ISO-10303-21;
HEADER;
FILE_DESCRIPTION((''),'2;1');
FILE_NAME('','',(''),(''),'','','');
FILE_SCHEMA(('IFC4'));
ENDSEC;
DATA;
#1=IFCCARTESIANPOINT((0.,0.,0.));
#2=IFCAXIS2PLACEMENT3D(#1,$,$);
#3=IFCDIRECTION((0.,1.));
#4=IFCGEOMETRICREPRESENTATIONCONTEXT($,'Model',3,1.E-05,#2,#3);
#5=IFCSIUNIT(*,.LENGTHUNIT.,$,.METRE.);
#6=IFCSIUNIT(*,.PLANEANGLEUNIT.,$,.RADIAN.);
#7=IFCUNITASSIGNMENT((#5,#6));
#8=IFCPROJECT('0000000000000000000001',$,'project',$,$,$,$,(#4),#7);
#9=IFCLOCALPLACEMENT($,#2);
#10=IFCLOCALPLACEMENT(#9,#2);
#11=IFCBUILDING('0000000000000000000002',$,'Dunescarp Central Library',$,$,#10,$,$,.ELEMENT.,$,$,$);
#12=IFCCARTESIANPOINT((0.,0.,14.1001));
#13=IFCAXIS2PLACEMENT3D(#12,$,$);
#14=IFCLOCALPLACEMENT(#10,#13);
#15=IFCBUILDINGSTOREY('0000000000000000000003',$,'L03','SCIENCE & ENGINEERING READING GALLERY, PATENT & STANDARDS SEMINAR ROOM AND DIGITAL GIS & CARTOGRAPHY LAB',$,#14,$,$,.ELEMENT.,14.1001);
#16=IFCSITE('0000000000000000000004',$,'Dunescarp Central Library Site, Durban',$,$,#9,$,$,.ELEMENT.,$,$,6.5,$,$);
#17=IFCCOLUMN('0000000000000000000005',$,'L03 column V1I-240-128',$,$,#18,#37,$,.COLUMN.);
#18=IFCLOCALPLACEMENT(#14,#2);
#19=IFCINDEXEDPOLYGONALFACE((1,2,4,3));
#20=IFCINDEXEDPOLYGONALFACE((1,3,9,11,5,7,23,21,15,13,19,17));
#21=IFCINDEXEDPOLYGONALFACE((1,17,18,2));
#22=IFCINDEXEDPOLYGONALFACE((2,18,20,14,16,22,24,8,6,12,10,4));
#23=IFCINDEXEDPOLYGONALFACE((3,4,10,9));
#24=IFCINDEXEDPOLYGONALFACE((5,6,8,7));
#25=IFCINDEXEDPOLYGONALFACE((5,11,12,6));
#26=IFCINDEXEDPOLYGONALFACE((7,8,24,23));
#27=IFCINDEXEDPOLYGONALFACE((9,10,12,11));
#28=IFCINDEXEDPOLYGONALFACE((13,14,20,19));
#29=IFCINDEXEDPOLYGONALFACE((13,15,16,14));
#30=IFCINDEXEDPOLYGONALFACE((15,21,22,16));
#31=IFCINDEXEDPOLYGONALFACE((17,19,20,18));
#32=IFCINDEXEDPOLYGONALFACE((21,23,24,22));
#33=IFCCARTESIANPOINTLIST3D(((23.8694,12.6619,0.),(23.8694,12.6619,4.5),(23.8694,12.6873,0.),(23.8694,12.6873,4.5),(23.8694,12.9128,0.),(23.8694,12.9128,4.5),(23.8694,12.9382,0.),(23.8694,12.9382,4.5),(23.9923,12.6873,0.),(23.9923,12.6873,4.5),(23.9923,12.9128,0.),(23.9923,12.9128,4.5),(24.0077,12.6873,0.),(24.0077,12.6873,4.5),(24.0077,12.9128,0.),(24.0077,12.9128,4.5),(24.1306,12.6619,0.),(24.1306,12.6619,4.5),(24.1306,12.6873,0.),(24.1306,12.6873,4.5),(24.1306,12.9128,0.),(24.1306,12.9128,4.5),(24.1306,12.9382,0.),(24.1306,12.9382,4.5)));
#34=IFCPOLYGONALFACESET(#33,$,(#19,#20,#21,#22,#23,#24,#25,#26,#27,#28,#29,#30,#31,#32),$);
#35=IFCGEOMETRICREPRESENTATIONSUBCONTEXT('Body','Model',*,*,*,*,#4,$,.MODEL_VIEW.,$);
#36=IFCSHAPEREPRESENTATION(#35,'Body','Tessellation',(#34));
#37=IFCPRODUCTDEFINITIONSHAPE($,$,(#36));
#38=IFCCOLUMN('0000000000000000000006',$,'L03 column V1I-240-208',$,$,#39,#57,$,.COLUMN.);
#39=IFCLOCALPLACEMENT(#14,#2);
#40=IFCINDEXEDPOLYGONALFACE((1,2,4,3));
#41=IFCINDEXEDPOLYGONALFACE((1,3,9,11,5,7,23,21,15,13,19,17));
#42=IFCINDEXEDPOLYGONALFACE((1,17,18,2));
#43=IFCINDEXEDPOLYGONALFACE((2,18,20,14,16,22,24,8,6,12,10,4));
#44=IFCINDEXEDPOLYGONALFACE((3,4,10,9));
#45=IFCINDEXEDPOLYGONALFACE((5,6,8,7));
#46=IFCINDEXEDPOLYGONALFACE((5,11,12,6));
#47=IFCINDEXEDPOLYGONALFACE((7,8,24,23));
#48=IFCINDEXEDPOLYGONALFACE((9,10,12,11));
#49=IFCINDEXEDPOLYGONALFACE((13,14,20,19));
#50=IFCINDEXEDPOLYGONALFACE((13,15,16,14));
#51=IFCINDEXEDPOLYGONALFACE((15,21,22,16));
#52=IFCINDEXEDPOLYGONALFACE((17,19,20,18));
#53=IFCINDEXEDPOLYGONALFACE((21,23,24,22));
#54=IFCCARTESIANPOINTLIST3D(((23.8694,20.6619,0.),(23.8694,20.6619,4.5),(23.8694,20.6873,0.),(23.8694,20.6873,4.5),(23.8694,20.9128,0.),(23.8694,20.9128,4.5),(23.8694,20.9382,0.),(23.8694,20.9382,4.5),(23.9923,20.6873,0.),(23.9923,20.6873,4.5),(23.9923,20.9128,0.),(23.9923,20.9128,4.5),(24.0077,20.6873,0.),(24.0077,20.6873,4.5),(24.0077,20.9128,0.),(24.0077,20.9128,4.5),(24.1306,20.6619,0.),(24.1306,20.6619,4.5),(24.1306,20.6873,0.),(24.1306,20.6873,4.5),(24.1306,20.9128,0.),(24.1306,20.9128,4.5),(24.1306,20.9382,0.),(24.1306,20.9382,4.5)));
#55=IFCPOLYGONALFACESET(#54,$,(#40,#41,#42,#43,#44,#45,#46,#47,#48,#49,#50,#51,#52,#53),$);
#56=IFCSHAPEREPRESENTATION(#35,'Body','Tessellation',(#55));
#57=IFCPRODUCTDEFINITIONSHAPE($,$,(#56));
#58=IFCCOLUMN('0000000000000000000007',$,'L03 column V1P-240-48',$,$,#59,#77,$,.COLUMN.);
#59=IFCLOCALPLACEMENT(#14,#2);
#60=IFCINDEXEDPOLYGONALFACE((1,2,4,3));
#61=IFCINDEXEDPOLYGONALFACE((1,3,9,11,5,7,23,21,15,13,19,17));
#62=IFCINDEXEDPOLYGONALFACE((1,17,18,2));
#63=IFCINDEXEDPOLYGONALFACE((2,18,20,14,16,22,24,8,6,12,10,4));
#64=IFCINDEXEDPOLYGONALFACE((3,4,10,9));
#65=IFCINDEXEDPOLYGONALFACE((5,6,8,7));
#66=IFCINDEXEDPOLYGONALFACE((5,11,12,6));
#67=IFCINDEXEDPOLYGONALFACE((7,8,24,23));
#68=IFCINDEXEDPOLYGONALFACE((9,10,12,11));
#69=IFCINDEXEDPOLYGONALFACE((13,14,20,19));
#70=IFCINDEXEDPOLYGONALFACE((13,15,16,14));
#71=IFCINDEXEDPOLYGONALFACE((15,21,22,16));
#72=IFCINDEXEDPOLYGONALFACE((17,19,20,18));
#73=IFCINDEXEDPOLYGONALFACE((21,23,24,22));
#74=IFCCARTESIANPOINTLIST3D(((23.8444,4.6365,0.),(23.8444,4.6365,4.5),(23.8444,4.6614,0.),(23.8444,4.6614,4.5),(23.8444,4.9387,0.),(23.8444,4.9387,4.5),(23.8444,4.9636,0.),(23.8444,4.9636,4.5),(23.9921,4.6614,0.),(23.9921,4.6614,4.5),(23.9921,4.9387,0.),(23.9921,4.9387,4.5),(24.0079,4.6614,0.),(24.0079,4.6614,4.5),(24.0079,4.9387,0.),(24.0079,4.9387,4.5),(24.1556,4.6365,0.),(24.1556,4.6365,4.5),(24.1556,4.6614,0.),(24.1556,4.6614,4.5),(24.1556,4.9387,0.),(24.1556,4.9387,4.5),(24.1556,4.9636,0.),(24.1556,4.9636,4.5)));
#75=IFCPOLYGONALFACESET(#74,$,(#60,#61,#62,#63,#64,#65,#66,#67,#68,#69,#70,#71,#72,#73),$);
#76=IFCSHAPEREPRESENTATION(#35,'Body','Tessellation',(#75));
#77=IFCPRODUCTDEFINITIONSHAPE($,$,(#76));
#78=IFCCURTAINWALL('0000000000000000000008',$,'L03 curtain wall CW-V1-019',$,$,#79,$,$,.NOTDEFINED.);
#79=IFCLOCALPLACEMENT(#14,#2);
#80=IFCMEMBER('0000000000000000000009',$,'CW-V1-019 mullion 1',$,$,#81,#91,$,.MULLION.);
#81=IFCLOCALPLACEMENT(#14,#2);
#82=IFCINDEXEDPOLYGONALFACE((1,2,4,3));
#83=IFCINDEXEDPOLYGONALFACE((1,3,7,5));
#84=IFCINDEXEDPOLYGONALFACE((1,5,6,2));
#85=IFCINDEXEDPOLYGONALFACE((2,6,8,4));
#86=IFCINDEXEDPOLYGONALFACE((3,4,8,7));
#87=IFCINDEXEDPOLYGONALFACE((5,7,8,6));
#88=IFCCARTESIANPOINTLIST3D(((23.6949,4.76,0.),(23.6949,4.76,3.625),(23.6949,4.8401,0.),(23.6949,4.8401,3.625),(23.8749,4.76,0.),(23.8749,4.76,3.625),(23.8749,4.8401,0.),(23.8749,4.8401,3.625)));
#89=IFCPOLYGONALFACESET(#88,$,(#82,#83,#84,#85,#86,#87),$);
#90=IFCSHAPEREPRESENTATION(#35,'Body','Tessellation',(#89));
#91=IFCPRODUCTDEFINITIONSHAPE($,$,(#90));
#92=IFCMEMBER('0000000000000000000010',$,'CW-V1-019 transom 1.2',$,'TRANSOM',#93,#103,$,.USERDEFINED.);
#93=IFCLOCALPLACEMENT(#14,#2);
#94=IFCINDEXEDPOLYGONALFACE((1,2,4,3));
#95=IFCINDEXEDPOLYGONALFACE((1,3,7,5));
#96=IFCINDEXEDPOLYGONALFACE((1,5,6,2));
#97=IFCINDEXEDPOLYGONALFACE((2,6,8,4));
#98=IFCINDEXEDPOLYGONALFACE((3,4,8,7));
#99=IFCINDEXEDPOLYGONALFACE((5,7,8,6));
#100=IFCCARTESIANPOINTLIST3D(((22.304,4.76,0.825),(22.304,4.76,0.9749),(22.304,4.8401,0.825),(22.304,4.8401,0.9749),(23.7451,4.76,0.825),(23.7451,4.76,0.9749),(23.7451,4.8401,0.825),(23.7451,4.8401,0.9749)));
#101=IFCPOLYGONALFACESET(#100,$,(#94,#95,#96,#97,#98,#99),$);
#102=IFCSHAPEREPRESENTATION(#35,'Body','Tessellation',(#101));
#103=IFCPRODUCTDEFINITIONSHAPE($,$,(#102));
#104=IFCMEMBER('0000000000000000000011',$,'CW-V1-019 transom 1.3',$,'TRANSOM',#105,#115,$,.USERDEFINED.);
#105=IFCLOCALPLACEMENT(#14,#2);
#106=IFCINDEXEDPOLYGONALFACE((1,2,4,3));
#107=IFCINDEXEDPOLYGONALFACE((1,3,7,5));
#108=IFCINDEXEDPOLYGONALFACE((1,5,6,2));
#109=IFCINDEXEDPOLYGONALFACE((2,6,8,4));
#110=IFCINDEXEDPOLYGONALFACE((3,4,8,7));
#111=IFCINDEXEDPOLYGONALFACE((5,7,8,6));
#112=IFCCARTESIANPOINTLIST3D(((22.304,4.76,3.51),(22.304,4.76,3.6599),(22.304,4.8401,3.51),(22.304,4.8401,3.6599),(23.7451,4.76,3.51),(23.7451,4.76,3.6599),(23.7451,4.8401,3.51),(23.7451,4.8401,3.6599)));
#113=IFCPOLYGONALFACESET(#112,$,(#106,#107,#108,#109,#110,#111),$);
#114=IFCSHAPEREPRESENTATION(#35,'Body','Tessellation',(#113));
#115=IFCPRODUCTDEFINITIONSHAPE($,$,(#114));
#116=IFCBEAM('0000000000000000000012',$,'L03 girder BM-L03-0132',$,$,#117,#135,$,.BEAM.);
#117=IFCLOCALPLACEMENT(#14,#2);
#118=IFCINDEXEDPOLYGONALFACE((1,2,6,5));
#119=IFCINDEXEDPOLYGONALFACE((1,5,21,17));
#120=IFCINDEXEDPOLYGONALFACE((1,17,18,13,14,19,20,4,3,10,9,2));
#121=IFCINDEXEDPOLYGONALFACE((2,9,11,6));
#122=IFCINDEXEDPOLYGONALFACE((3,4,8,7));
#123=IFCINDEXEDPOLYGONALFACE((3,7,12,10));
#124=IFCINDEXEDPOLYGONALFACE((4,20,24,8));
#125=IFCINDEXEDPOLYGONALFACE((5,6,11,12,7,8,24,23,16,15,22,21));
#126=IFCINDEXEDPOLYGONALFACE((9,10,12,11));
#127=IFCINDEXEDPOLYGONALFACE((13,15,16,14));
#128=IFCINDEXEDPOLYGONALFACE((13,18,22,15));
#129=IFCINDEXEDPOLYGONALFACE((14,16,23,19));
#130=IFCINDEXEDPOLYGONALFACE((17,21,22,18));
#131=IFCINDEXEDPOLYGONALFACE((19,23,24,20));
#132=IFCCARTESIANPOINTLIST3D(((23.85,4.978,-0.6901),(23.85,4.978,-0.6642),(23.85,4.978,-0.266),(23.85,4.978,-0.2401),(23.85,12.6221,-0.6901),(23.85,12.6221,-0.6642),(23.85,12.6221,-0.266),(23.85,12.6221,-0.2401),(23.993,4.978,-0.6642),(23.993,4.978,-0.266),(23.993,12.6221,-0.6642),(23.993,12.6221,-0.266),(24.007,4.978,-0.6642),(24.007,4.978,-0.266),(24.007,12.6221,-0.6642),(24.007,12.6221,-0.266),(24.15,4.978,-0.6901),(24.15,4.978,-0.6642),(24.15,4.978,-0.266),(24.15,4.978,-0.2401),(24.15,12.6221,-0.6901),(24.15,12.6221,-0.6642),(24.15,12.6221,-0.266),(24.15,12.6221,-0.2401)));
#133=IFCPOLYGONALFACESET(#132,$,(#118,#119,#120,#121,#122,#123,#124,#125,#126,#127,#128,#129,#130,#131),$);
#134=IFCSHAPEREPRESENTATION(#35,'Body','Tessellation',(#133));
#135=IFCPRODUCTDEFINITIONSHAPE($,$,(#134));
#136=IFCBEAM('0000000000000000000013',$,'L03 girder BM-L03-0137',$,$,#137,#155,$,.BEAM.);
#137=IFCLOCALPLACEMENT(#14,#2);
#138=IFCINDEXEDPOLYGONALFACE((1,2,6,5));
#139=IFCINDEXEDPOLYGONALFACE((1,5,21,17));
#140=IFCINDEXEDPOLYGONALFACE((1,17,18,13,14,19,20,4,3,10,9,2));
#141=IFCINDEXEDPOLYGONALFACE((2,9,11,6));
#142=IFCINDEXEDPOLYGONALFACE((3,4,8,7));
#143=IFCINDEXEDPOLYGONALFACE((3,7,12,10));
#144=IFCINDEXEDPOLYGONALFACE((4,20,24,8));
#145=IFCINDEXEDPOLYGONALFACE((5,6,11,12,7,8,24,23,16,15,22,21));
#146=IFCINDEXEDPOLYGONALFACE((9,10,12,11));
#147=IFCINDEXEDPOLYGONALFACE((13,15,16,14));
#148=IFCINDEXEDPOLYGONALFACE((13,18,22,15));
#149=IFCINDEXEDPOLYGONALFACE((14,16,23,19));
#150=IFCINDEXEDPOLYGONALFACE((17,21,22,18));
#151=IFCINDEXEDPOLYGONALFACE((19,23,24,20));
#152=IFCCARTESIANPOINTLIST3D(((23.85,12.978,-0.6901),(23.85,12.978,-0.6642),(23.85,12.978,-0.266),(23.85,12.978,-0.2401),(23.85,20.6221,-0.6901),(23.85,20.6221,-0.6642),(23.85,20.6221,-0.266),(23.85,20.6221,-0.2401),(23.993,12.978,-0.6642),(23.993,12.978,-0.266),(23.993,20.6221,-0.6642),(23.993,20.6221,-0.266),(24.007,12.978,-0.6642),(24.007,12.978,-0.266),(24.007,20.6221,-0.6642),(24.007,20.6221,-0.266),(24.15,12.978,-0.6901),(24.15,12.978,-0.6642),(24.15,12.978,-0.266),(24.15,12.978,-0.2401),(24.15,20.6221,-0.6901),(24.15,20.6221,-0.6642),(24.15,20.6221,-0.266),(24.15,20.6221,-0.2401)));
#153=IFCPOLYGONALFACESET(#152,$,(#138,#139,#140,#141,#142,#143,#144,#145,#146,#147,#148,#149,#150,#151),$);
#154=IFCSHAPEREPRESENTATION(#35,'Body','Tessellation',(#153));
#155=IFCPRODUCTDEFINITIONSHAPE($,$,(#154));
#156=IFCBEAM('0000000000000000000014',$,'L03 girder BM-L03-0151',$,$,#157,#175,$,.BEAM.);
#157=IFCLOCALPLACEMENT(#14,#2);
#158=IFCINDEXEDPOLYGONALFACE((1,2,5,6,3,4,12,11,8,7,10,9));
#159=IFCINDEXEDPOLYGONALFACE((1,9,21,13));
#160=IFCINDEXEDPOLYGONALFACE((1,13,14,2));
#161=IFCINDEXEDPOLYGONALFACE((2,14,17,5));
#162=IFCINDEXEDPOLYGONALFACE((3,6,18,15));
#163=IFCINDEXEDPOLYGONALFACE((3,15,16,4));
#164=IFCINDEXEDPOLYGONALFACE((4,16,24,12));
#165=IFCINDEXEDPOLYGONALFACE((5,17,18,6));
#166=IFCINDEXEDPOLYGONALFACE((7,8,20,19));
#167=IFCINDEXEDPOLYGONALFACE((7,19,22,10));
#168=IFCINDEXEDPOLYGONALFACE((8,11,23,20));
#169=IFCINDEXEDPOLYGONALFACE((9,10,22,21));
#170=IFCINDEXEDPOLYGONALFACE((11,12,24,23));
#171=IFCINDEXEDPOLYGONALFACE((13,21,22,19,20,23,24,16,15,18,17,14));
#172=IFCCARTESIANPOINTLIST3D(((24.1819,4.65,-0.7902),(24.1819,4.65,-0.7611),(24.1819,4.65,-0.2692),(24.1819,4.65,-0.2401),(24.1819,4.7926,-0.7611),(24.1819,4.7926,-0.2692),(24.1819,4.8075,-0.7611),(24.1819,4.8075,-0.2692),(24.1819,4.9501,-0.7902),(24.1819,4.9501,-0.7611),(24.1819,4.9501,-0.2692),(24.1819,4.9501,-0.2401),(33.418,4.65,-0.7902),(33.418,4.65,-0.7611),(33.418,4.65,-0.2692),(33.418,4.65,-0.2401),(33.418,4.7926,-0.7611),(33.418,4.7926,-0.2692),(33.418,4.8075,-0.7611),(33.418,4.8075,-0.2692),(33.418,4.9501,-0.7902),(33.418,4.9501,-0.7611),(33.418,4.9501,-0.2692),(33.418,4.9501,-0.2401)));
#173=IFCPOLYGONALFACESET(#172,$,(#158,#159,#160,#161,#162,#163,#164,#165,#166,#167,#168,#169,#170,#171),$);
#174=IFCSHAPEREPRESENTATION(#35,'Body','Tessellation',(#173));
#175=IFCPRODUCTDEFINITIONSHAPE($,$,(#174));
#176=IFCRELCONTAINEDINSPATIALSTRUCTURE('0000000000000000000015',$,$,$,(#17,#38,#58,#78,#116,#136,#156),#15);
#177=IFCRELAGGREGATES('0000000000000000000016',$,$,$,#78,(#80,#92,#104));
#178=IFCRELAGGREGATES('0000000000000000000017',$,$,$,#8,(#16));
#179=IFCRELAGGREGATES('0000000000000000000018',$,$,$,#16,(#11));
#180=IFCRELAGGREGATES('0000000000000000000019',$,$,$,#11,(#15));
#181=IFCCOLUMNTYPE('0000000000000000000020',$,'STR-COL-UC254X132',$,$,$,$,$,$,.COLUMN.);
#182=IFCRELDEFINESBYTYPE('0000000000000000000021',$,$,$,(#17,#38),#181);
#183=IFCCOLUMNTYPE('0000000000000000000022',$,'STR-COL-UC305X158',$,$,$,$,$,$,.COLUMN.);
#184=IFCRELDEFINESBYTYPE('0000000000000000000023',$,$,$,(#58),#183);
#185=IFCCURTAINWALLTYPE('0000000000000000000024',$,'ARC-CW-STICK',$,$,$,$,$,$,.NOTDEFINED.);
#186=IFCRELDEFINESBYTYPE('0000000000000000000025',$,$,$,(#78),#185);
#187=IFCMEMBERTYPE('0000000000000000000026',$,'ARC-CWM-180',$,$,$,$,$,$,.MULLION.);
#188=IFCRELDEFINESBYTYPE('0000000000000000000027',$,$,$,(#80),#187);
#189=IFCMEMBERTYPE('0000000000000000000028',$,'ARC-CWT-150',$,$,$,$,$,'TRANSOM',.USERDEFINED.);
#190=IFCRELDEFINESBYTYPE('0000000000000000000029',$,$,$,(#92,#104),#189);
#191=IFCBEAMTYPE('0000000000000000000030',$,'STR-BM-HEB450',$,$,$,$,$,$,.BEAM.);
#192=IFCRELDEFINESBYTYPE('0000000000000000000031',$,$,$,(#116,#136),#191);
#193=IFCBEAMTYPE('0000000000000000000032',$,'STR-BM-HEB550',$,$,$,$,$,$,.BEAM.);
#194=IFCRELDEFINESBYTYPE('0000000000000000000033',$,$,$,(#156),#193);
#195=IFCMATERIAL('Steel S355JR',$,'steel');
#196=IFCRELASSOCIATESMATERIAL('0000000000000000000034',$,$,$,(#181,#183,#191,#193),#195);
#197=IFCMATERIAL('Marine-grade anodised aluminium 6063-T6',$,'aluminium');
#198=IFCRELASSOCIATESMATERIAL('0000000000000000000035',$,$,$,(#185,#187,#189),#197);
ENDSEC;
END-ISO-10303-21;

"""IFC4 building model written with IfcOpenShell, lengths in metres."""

from ifc_helpers import new_model, si_unit, direction, frame, origin, origin_2d, place, context, subcontext, project, spatial, rectangle, i_section, extrude, material, material_profile, profile_set, type_object, element, aggregate, save


model = new_model("IFC4")

# Units and contexts
model_context = context("Model", 3, precision=1e-05, world=origin(), true_north=direction((0.0, 1.0)))
body_context = subcontext(model_context, "Body", "Model", "MODEL_VIEW")
ifc_project = project(units=[si_unit("LENGTHUNIT", "METRE"), si_unit("PLANEANGLEUNIT", "RADIAN")], contexts=[model_context])

# Site, building, storey
site_placement = place(None, origin())
site = spatial("IfcSite", under=ifc_project, at=site_placement, Name="Dunescarp Central Library Site, Durban", CompositionType="ELEMENT", RefElevation=6.5)
building_placement = place(site_placement, origin())
building = spatial("IfcBuilding", under=site, at=building_placement, Name="Dunescarp Central Library", CompositionType="ELEMENT")
storey_placement = place(building_placement, frame((0.0, 0.0, 14.1001)))
storey = spatial("IfcBuildingStorey", under=building, at=storey_placement, Name="L03", Description="SCIENCE & ENGINEERING READING GALLERY, PATENT & STANDARDS SEMINAR ROOM AND DIGITAL GIS & CARTOGRAPHY LAB", CompositionType="ELEMENT", Elevation=14.1001)

# Columns
ifc_material_1 = material(Name="Steel S355JR", Category="steel")
ifc_material_profile_1 = material_profile(ifc_material_1, i_section(OverallWidth=0.2612, OverallDepth=0.2764, WebThickness=0.0154, FlangeThickness=0.0254, at=origin_2d()), Name="UC 254x254x132")
ifc_profile_set_1 = profile_set([ifc_material_profile_1], Name="Steel S355JR")
column_type_1 = type_object("IfcColumnType", Name="STR-COL-UC254X132", PredefinedType="COLUMN", material=ifc_profile_set_1)
for number, where, z_axis, x_axis, name in (
    (1, (24.0, 12.8, 0.0), (0.0, 0.0, 1.0), (1.0, 0.0, 0.0), "L03 column V1I-240-128"),
    (2, (24.0, 20.8, 0.0), (0.0, 0.0, 1.0), (1.0, 0.0, 0.0), "L03 column V1I-240-208"),
):
    element("IfcColumn", number, at=place(storey_placement, frame(where, z_axis=z_axis, x_axis=x_axis)), inside=storey, type_object=column_type_1, Name=name, PredefinedType="COLUMN", context=body_context, shape_type="SweptSolid", body=[
        extrude(i_section(OverallWidth=0.2612, OverallDepth=0.2764, WebThickness=0.0154, FlangeThickness=0.0254, at=origin_2d()), origin(), (0.0, 0.0, 1.0), 4.5),
    ])
ifc_material_profile_2 = material_profile(ifc_material_1, i_section(OverallWidth=0.3113, OverallDepth=0.3271, WebThickness=0.0159, FlangeThickness=0.0249, at=origin_2d()), Name="UC 305x305x158")
ifc_profile_set_2 = profile_set([ifc_material_profile_2], Name="Steel S355JR")
column_type_2 = type_object("IfcColumnType", Name="STR-COL-UC305X158", PredefinedType="COLUMN", material=ifc_profile_set_2)
column_placement = place(storey_placement, frame((24.0, 4.8, 0.0), z_axis=(0.0, 0.0, 1.0), x_axis=(1.0, 0.0, 0.0)))
element("IfcColumn", 3, at=column_placement, inside=storey, type_object=column_type_2, Name="L03 column V1P-240-48", PredefinedType="COLUMN", context=body_context, shape_type="SweptSolid", body=[
    extrude(i_section(OverallWidth=0.3113, OverallDepth=0.3271, WebThickness=0.0159, FlangeThickness=0.0249, at=origin_2d()), origin(), (0.0, 0.0, 1.0), 4.5),
])

# Curtain wall, members
ifc_material_2 = material(Name="Marine-grade anodised aluminium 6063-T6", Category="aluminium")
curtain_wall_type = type_object("IfcCurtainWallType", Name="ARC-CW-STICK", PredefinedType="NOTDEFINED", material=ifc_material_2)
curtain_wall_placement = place(storey_placement, origin())
curtain_wall = element("IfcCurtainWall", 4, at=curtain_wall_placement, inside=storey, type_object=curtain_wall_type, Name="L03 curtain wall CW-V1-019", PredefinedType="NOTDEFINED")
ifc_material_profile_3 = material_profile(ifc_material_2, rectangle(XDim=0.0801, YDim=0.1799, at=origin_2d()), Name="AL 80x180")
ifc_profile_set_3 = profile_set([ifc_material_profile_3], Name="Marine-grade anodised aluminium 6063-T6")
member_type_1 = type_object("IfcMemberType", Name="ARC-CWM-180", PredefinedType="MULLION", material=ifc_profile_set_3)
member_1_placement = place(storey_placement, frame((23.7849, 4.8, 0.0), z_axis=(0.0, 0.0, 1.0), x_axis=(0.0, -1.0, 0.0)))
member_1 = element("IfcMember", 5, at=member_1_placement, type_object=member_type_1, Name="CW-V1-019 mullion 1", PredefinedType="MULLION", context=body_context, shape_type="SweptSolid", body=[
    extrude(rectangle(XDim=0.0801, YDim=0.1799, at=origin_2d()), origin(), (0.0, 0.0, 1.0), 3.625),
])
ifc_material_profile_4 = material_profile(ifc_material_2, rectangle(XDim=0.0801, YDim=0.1499, at=origin_2d()), Name="AL 80x150")
ifc_profile_set_4 = profile_set([ifc_material_profile_4], Name="Marine-grade anodised aluminium 6063-T6")
member_type_2 = type_object("IfcMemberType", Name="ARC-CWT-150", ElementType="TRANSOM", PredefinedType="USERDEFINED", material=ifc_profile_set_4)
member_2_placement = place(storey_placement, frame((23.7451, 4.8, 0.8999), z_axis=(-1.0, 0.0, 0.0), x_axis=(0.0, -1.0, 0.0)))
member_2 = element("IfcMember", 6, at=member_2_placement, type_object=member_type_2, Name="CW-V1-019 transom 1.2", ObjectType="TRANSOM", PredefinedType="USERDEFINED", context=body_context, shape_type="SweptSolid", body=[
    extrude(rectangle(XDim=0.0801, YDim=0.1499, at=origin_2d()), origin(), (0.0, 0.0, 1.0), 1.4412),
])
member_3_placement = place(storey_placement, frame((23.7451, 4.8, 3.585), z_axis=(-1.0, 0.0, 0.0), x_axis=(0.0, -1.0, 0.0)))
member_3 = element("IfcMember", 7, at=member_3_placement, type_object=member_type_2, Name="CW-V1-019 transom 1.3", ObjectType="TRANSOM", PredefinedType="USERDEFINED", context=body_context, shape_type="SweptSolid", body=[
    extrude(rectangle(XDim=0.0801, YDim=0.1499, at=origin_2d()), origin(), (0.0, 0.0, 1.0), 1.4412),
])
aggregate(curtain_wall, [member_1, member_2, member_3])

# Beams
ifc_material_profile_5 = material_profile(ifc_material_1, i_section(OverallWidth=0.3, OverallDepth=0.45, WebThickness=0.0139, FlangeThickness=0.0259, at=origin_2d()), Name="HEB 450")
ifc_profile_set_5 = profile_set([ifc_material_profile_5], Name="Steel S355JR")
beam_type_1 = type_object("IfcBeamType", Name="STR-BM-HEB450", PredefinedType="BEAM", material=ifc_profile_set_5)
for number, where, z_axis, x_axis, name in (
    (8, (24.0, 4.978, -0.4651), (0.0, 1.0, 0.0), (-1.0, 0.0, 0.0), "L03 girder BM-L03-0132"),
    (9, (24.0, 12.978, -0.4651), (0.0, 1.0, 0.0), (-1.0, 0.0, 0.0), "L03 girder BM-L03-0137"),
):
    element("IfcBeam", number, at=place(storey_placement, frame(where, z_axis=z_axis, x_axis=x_axis)), inside=storey, type_object=beam_type_1, Name=name, PredefinedType="BEAM", context=body_context, shape_type="SweptSolid", body=[
        extrude(i_section(OverallWidth=0.3, OverallDepth=0.45, WebThickness=0.0139, FlangeThickness=0.0259, at=origin_2d()), origin(), (0.0, 0.0, 1.0), 7.644),
    ])
ifc_material_profile_6 = material_profile(ifc_material_1, i_section(OverallWidth=0.3, OverallDepth=0.55, WebThickness=0.0149, FlangeThickness=0.0291, at=origin_2d()), Name="HEB 550")
ifc_profile_set_6 = profile_set([ifc_material_profile_6], Name="Steel S355JR")
beam_type_2 = type_object("IfcBeamType", Name="STR-BM-HEB550", PredefinedType="BEAM", material=ifc_profile_set_6)
for number, where, z_axis, x_axis, name in (
    (10, (24.1819, 4.8, -0.5151), (1.0, 0.0, 0.0), (0.0, 1.0, 0.0), "L03 girder BM-L03-0151"),
):
    element("IfcBeam", number, at=place(storey_placement, frame(where, z_axis=z_axis, x_axis=x_axis)), inside=storey, type_object=beam_type_2, Name=name, PredefinedType="BEAM", context=body_context, shape_type="SweptSolid", body=[
        extrude(i_section(OverallWidth=0.3, OverallDepth=0.55, WebThickness=0.0149, FlangeThickness=0.0291, at=origin_2d()), origin(), (0.0, 0.0, 1.0), 9.2361),
    ])

save(model, "model.ifc")
